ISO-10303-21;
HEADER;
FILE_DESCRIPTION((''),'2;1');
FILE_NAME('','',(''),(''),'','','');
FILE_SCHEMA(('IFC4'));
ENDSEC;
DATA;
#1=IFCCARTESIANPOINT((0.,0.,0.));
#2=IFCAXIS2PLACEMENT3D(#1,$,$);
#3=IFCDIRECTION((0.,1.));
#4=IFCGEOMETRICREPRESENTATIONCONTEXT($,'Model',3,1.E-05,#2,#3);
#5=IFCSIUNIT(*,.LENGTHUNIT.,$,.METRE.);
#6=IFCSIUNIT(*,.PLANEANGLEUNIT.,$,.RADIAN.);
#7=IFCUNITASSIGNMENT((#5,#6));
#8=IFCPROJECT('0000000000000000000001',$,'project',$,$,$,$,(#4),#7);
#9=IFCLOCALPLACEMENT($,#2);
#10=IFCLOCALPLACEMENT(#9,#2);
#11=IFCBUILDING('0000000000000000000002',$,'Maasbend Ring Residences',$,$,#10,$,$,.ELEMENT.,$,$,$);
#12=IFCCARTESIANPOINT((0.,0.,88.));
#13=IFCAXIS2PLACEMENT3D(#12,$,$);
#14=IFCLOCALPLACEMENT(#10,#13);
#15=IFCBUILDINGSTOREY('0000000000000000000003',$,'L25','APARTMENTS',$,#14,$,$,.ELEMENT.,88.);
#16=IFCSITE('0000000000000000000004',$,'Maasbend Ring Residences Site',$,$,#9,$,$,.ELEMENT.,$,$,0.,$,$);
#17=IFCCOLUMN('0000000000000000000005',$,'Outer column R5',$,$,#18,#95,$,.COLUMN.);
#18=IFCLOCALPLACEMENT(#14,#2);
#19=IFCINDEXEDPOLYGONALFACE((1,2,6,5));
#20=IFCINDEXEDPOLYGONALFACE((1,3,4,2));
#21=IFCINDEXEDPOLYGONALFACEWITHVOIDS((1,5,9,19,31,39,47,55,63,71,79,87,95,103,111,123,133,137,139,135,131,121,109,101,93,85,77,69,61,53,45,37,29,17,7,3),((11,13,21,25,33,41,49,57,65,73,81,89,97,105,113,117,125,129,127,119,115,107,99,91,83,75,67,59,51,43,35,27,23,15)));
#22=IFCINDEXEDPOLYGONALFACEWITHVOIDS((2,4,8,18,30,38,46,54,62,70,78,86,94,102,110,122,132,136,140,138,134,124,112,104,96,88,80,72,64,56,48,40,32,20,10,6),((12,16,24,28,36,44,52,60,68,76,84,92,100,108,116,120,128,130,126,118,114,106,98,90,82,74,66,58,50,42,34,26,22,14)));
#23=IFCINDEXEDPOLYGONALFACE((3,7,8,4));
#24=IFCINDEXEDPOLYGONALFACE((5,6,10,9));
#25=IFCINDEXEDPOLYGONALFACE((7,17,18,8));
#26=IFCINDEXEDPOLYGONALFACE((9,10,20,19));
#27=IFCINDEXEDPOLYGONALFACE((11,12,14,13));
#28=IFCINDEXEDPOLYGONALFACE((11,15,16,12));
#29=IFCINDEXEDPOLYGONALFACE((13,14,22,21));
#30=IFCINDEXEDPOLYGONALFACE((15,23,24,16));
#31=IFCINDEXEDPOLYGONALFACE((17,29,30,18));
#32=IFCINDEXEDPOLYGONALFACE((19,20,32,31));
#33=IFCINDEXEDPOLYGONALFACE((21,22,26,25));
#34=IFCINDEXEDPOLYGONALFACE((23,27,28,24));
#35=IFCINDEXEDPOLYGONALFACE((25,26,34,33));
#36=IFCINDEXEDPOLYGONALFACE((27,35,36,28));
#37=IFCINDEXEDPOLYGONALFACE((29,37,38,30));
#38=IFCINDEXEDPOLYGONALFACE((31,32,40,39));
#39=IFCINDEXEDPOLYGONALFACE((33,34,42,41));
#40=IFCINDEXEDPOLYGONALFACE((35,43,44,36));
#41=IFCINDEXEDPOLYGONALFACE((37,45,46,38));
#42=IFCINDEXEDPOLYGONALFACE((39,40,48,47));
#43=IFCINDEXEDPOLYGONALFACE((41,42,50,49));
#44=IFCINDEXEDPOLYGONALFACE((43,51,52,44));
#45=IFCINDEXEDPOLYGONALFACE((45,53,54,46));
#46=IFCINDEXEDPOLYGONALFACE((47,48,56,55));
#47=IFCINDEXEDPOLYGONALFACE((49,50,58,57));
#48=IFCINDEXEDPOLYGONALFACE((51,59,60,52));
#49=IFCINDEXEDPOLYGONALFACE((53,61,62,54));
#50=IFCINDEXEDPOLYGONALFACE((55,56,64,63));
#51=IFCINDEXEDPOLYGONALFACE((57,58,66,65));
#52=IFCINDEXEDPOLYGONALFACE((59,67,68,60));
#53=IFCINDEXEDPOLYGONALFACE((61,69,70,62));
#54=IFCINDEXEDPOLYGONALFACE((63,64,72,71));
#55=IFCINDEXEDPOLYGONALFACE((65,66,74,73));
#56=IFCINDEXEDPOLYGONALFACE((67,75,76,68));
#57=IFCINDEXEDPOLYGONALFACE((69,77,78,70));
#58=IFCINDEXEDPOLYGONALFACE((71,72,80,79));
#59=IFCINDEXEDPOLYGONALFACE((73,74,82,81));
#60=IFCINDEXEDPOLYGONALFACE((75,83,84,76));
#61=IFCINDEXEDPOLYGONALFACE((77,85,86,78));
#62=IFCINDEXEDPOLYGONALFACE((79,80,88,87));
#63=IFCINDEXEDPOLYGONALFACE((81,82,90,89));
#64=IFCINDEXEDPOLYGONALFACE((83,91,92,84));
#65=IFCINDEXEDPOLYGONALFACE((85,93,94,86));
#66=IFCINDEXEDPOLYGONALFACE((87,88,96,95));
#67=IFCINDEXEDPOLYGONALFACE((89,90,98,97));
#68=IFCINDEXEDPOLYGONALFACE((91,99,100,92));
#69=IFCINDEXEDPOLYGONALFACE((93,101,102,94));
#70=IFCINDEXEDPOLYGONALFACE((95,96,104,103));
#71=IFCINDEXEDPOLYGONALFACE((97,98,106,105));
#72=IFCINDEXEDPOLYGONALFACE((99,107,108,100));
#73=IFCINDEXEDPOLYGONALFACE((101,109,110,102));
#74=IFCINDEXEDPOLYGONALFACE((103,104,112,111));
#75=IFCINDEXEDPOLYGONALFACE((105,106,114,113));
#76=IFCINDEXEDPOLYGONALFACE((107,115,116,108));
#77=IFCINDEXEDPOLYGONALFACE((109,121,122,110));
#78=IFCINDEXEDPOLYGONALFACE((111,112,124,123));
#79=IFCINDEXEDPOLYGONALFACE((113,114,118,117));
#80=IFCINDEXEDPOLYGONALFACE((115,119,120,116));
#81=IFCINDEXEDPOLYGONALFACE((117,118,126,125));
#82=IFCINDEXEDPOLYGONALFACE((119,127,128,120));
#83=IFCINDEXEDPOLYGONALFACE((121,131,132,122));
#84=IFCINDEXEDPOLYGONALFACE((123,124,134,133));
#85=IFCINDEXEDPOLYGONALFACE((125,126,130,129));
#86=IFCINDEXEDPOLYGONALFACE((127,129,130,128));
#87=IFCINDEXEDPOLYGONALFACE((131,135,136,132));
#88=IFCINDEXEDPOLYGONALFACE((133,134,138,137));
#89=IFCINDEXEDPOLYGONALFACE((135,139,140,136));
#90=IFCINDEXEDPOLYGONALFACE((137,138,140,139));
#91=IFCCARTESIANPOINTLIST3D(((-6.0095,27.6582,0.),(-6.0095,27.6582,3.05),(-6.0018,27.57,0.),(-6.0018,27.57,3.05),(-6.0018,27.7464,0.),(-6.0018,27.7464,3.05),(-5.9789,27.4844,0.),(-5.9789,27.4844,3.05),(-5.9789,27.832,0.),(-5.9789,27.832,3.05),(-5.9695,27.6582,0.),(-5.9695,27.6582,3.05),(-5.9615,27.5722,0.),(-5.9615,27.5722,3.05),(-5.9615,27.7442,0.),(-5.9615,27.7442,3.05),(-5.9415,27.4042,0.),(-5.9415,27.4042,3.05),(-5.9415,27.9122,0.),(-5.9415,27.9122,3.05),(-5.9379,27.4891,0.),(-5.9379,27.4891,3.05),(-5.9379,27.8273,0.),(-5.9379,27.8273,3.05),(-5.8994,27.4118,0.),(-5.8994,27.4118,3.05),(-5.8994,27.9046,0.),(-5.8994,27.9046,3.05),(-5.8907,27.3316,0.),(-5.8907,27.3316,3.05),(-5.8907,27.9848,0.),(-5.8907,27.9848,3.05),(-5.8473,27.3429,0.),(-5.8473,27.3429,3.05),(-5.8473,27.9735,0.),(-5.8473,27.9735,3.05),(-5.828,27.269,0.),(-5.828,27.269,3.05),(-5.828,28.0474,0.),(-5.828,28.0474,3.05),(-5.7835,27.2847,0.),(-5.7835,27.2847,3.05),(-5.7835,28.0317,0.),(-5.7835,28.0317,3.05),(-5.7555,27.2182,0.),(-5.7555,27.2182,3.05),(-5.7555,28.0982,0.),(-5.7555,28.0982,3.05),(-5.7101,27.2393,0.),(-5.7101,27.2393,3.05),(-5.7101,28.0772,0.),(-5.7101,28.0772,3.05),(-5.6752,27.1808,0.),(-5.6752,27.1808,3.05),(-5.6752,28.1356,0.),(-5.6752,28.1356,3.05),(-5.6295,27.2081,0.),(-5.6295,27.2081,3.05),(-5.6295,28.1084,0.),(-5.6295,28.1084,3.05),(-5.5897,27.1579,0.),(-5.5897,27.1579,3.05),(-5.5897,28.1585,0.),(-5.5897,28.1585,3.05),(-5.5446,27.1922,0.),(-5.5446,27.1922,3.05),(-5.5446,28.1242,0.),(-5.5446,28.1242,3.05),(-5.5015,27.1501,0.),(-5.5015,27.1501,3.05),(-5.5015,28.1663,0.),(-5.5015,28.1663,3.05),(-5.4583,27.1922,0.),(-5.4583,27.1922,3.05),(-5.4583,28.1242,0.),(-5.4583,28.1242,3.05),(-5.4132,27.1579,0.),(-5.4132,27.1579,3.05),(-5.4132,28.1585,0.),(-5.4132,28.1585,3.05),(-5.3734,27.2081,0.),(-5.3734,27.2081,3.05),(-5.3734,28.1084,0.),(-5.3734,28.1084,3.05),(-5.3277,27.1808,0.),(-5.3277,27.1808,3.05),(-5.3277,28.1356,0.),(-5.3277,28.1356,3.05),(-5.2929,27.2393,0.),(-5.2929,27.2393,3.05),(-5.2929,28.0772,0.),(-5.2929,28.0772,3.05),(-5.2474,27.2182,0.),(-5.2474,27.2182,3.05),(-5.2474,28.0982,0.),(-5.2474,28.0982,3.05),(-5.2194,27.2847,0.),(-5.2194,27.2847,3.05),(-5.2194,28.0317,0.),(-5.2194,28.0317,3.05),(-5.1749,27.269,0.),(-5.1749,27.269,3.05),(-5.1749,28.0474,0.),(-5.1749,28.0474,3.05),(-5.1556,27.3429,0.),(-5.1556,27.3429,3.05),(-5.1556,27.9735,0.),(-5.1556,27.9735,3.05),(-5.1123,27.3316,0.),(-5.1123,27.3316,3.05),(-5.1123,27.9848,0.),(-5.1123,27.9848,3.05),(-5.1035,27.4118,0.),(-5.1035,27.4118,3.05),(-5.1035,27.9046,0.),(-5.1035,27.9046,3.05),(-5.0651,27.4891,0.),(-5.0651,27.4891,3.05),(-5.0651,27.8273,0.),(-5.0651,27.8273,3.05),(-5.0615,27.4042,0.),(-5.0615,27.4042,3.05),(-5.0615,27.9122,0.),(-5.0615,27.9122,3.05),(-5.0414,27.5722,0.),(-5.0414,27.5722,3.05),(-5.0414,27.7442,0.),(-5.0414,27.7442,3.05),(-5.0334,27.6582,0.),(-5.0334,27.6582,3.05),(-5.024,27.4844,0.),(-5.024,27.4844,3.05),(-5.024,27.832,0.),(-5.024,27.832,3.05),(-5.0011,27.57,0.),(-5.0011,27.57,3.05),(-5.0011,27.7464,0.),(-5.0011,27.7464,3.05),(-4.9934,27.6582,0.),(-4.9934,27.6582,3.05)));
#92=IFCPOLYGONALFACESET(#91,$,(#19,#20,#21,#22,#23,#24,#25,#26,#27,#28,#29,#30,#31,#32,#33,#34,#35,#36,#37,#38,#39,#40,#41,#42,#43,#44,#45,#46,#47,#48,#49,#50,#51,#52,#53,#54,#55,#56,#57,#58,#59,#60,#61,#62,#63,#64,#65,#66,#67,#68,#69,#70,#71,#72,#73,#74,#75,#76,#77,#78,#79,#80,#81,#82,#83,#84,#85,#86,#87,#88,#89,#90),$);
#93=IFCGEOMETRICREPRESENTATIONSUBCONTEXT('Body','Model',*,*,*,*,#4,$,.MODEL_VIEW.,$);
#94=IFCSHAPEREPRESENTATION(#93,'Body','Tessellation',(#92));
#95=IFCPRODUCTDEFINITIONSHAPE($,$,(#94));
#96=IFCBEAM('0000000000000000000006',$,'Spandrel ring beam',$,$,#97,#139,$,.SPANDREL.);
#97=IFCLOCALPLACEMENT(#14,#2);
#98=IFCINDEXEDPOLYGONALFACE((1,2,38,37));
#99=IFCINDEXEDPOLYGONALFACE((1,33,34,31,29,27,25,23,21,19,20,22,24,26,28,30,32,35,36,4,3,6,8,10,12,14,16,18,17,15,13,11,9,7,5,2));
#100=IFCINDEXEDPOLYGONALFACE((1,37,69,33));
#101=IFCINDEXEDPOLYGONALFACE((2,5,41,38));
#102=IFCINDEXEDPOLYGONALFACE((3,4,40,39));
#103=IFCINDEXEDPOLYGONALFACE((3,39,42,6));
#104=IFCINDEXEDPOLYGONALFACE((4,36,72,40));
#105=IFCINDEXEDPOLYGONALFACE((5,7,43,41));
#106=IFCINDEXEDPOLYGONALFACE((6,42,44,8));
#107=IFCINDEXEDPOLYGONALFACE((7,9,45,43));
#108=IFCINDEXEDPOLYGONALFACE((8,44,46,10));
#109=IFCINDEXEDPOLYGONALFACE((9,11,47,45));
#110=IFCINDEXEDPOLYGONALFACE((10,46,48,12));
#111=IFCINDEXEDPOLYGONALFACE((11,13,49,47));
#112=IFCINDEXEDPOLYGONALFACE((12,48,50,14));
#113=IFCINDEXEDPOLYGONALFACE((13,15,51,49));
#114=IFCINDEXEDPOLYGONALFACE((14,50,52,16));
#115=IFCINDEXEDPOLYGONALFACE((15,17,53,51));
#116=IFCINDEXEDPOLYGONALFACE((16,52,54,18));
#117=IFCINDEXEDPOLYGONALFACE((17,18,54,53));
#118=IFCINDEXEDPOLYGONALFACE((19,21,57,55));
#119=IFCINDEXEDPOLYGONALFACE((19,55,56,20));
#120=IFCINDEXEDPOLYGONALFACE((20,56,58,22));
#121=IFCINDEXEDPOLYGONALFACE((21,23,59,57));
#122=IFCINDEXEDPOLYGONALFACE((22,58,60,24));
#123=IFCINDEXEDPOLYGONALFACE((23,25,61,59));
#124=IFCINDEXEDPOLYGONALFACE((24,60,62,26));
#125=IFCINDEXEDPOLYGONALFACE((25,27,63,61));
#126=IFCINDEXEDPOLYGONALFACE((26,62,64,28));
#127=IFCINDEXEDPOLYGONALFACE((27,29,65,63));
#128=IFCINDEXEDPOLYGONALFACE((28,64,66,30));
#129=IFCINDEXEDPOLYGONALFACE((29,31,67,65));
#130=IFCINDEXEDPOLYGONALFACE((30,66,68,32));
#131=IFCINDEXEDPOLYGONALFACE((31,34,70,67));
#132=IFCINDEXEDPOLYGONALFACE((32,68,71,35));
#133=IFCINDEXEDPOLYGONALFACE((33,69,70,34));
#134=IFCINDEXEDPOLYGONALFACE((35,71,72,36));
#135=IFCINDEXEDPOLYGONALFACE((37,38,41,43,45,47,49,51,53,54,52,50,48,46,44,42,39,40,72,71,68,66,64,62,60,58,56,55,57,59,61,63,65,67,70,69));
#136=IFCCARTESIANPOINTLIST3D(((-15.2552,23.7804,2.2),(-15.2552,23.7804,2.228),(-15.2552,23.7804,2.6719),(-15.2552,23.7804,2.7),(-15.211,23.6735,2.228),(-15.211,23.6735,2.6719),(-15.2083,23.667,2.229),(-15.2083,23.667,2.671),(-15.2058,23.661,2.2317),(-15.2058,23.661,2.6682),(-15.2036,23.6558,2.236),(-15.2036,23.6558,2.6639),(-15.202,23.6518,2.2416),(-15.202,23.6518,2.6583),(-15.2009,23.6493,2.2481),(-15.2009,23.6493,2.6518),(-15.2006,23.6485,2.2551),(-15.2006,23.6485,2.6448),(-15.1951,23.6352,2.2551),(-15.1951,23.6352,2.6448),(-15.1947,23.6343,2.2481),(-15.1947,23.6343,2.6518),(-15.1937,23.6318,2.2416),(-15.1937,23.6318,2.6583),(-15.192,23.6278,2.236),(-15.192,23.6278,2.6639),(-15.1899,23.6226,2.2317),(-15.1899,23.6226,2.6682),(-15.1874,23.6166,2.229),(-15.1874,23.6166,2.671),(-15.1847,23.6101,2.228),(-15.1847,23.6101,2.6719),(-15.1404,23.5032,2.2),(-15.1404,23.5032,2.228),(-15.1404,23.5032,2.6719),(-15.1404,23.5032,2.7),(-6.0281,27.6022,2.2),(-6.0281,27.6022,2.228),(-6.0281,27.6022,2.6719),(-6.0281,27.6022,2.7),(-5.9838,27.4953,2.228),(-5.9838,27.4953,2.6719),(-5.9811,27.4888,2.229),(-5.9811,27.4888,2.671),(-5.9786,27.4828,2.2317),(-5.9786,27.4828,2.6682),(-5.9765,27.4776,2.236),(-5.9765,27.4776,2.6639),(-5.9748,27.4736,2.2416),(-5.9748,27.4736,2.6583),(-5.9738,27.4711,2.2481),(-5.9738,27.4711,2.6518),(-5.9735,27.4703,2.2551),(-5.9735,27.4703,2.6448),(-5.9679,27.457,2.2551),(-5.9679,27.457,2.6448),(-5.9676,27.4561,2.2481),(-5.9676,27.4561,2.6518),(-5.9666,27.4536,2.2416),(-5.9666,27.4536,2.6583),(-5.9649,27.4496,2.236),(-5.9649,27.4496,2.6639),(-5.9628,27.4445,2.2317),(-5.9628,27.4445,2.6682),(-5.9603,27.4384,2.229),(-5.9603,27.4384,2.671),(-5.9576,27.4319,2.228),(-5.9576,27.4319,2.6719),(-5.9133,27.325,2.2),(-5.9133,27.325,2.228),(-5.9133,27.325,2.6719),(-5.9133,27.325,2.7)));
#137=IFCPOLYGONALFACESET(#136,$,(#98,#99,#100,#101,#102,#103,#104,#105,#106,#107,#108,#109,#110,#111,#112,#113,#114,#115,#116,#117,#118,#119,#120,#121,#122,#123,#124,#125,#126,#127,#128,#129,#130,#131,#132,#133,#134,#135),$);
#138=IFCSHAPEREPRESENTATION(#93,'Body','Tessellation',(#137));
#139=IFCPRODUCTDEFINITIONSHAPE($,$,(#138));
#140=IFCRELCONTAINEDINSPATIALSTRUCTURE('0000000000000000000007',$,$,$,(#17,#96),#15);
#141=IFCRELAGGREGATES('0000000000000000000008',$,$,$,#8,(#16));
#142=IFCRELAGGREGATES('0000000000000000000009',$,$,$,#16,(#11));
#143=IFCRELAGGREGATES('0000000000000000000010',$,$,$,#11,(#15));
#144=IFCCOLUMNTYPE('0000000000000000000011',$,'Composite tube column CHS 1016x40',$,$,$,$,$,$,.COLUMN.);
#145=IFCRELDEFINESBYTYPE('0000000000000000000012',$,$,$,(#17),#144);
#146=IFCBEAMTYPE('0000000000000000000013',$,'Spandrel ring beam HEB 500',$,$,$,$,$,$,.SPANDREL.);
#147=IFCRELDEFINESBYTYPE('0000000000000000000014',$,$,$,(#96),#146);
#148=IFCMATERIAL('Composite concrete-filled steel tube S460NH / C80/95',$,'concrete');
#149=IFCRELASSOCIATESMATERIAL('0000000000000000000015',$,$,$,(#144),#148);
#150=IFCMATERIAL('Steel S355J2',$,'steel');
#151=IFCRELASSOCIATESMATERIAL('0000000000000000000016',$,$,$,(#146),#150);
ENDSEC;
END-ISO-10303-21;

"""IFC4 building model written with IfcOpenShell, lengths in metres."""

from ifc_helpers import new_model, si_unit, direction, frame, origin, origin_2d, place, context, subcontext, project, spatial, hollow_circle, i_section, extrude, material, material_profile, profile_set, type_object, element, save


model = new_model("IFC4")

# Units and contexts
model_context = context("Model", 3, precision=1e-05, world=origin(), true_north=direction((0.0, 1.0)))
body_context = subcontext(model_context, "Body", "Model", "MODEL_VIEW")
ifc_project = project(units=[si_unit("LENGTHUNIT", "METRE"), si_unit("PLANEANGLEUNIT", "RADIAN")], contexts=[model_context])

# Site, building, storey
site_placement = place(None, origin())
site = spatial("IfcSite", under=ifc_project, at=site_placement, Name="Maasbend Ring Residences Site", CompositionType="ELEMENT", RefElevation=0.0)
building_placement = place(site_placement, origin())
building = spatial("IfcBuilding", under=site, at=building_placement, Name="Maasbend Ring Residences", CompositionType="ELEMENT")
storey_placement = place(building_placement, frame((0.0, 0.0, 88.0)))
storey = spatial("IfcBuildingStorey", under=building, at=storey_placement, Name="L25", Description="APARTMENTS", CompositionType="ELEMENT", Elevation=88.0)

# Column
ifc_material_1 = material(Name="Composite concrete-filled steel tube S460NH / C80/95", Category="concrete")
ifc_material_profile_1 = material_profile(ifc_material_1, hollow_circle(Radius=0.5081, WallThickness=0.04, at=origin_2d()), Name="Composite tube column CHS 1016x40")
ifc_profile_set_1 = profile_set([ifc_material_profile_1], Name="Composite concrete-filled steel tube S460NH / C80/95")
column_type = type_object("IfcColumnType", Name="Composite tube column CHS 1016x40", PredefinedType="COLUMN", material=ifc_profile_set_1)
column_placement = place(storey_placement, frame((-5.5015, 27.6582, 0.0), z_axis=(0.0, 0.0, 1.0), x_axis=(1.0, 0.0, 0.0)))
element("IfcColumn", 1, at=column_placement, inside=storey, type_object=column_type, Name="Outer column R5", PredefinedType="COLUMN", context=body_context, shape_type="SweptSolid", body=[
    extrude(hollow_circle(Radius=0.5081, WallThickness=0.04, at=origin_2d()), origin(), (0.0, 0.0, 1.0), 3.05),
])

# Beam
ifc_material_2 = material(Name="Steel S355J2", Category="steel")
ifc_material_profile_2 = material_profile(ifc_material_2, i_section(OverallWidth=0.3, OverallDepth=0.5, WebThickness=0.0144, FlangeThickness=0.0281, FilletRadius=0.0271, at=origin_2d()), Name="HEB 500")
ifc_profile_set_2 = profile_set([ifc_material_profile_2], Name="Steel S355J2")
beam_type = type_object("IfcBeamType", Name="Spandrel ring beam HEB 500", PredefinedType="SPANDREL", material=ifc_profile_set_2)
beam_placement = place(storey_placement, frame((-5.9707, 27.4636, 2.45), z_axis=(-0.923886, -0.382667, 0.0), x_axis=(0.382667, -0.923886, 0.0)))
element("IfcBeam", 2, at=beam_placement, inside=storey, type_object=beam_type, Name="Spandrel ring beam", PredefinedType="SPANDREL", context=body_context, shape_type="SweptSolid", body=[
    extrude(i_section(OverallWidth=0.3, OverallDepth=0.5, WebThickness=0.0144, FlangeThickness=0.0281, FilletRadius=0.0271, at=origin_2d()), origin(), (0.0, 0.0, 1.0), 9.9873),
])

save(model, "model.ifc")
